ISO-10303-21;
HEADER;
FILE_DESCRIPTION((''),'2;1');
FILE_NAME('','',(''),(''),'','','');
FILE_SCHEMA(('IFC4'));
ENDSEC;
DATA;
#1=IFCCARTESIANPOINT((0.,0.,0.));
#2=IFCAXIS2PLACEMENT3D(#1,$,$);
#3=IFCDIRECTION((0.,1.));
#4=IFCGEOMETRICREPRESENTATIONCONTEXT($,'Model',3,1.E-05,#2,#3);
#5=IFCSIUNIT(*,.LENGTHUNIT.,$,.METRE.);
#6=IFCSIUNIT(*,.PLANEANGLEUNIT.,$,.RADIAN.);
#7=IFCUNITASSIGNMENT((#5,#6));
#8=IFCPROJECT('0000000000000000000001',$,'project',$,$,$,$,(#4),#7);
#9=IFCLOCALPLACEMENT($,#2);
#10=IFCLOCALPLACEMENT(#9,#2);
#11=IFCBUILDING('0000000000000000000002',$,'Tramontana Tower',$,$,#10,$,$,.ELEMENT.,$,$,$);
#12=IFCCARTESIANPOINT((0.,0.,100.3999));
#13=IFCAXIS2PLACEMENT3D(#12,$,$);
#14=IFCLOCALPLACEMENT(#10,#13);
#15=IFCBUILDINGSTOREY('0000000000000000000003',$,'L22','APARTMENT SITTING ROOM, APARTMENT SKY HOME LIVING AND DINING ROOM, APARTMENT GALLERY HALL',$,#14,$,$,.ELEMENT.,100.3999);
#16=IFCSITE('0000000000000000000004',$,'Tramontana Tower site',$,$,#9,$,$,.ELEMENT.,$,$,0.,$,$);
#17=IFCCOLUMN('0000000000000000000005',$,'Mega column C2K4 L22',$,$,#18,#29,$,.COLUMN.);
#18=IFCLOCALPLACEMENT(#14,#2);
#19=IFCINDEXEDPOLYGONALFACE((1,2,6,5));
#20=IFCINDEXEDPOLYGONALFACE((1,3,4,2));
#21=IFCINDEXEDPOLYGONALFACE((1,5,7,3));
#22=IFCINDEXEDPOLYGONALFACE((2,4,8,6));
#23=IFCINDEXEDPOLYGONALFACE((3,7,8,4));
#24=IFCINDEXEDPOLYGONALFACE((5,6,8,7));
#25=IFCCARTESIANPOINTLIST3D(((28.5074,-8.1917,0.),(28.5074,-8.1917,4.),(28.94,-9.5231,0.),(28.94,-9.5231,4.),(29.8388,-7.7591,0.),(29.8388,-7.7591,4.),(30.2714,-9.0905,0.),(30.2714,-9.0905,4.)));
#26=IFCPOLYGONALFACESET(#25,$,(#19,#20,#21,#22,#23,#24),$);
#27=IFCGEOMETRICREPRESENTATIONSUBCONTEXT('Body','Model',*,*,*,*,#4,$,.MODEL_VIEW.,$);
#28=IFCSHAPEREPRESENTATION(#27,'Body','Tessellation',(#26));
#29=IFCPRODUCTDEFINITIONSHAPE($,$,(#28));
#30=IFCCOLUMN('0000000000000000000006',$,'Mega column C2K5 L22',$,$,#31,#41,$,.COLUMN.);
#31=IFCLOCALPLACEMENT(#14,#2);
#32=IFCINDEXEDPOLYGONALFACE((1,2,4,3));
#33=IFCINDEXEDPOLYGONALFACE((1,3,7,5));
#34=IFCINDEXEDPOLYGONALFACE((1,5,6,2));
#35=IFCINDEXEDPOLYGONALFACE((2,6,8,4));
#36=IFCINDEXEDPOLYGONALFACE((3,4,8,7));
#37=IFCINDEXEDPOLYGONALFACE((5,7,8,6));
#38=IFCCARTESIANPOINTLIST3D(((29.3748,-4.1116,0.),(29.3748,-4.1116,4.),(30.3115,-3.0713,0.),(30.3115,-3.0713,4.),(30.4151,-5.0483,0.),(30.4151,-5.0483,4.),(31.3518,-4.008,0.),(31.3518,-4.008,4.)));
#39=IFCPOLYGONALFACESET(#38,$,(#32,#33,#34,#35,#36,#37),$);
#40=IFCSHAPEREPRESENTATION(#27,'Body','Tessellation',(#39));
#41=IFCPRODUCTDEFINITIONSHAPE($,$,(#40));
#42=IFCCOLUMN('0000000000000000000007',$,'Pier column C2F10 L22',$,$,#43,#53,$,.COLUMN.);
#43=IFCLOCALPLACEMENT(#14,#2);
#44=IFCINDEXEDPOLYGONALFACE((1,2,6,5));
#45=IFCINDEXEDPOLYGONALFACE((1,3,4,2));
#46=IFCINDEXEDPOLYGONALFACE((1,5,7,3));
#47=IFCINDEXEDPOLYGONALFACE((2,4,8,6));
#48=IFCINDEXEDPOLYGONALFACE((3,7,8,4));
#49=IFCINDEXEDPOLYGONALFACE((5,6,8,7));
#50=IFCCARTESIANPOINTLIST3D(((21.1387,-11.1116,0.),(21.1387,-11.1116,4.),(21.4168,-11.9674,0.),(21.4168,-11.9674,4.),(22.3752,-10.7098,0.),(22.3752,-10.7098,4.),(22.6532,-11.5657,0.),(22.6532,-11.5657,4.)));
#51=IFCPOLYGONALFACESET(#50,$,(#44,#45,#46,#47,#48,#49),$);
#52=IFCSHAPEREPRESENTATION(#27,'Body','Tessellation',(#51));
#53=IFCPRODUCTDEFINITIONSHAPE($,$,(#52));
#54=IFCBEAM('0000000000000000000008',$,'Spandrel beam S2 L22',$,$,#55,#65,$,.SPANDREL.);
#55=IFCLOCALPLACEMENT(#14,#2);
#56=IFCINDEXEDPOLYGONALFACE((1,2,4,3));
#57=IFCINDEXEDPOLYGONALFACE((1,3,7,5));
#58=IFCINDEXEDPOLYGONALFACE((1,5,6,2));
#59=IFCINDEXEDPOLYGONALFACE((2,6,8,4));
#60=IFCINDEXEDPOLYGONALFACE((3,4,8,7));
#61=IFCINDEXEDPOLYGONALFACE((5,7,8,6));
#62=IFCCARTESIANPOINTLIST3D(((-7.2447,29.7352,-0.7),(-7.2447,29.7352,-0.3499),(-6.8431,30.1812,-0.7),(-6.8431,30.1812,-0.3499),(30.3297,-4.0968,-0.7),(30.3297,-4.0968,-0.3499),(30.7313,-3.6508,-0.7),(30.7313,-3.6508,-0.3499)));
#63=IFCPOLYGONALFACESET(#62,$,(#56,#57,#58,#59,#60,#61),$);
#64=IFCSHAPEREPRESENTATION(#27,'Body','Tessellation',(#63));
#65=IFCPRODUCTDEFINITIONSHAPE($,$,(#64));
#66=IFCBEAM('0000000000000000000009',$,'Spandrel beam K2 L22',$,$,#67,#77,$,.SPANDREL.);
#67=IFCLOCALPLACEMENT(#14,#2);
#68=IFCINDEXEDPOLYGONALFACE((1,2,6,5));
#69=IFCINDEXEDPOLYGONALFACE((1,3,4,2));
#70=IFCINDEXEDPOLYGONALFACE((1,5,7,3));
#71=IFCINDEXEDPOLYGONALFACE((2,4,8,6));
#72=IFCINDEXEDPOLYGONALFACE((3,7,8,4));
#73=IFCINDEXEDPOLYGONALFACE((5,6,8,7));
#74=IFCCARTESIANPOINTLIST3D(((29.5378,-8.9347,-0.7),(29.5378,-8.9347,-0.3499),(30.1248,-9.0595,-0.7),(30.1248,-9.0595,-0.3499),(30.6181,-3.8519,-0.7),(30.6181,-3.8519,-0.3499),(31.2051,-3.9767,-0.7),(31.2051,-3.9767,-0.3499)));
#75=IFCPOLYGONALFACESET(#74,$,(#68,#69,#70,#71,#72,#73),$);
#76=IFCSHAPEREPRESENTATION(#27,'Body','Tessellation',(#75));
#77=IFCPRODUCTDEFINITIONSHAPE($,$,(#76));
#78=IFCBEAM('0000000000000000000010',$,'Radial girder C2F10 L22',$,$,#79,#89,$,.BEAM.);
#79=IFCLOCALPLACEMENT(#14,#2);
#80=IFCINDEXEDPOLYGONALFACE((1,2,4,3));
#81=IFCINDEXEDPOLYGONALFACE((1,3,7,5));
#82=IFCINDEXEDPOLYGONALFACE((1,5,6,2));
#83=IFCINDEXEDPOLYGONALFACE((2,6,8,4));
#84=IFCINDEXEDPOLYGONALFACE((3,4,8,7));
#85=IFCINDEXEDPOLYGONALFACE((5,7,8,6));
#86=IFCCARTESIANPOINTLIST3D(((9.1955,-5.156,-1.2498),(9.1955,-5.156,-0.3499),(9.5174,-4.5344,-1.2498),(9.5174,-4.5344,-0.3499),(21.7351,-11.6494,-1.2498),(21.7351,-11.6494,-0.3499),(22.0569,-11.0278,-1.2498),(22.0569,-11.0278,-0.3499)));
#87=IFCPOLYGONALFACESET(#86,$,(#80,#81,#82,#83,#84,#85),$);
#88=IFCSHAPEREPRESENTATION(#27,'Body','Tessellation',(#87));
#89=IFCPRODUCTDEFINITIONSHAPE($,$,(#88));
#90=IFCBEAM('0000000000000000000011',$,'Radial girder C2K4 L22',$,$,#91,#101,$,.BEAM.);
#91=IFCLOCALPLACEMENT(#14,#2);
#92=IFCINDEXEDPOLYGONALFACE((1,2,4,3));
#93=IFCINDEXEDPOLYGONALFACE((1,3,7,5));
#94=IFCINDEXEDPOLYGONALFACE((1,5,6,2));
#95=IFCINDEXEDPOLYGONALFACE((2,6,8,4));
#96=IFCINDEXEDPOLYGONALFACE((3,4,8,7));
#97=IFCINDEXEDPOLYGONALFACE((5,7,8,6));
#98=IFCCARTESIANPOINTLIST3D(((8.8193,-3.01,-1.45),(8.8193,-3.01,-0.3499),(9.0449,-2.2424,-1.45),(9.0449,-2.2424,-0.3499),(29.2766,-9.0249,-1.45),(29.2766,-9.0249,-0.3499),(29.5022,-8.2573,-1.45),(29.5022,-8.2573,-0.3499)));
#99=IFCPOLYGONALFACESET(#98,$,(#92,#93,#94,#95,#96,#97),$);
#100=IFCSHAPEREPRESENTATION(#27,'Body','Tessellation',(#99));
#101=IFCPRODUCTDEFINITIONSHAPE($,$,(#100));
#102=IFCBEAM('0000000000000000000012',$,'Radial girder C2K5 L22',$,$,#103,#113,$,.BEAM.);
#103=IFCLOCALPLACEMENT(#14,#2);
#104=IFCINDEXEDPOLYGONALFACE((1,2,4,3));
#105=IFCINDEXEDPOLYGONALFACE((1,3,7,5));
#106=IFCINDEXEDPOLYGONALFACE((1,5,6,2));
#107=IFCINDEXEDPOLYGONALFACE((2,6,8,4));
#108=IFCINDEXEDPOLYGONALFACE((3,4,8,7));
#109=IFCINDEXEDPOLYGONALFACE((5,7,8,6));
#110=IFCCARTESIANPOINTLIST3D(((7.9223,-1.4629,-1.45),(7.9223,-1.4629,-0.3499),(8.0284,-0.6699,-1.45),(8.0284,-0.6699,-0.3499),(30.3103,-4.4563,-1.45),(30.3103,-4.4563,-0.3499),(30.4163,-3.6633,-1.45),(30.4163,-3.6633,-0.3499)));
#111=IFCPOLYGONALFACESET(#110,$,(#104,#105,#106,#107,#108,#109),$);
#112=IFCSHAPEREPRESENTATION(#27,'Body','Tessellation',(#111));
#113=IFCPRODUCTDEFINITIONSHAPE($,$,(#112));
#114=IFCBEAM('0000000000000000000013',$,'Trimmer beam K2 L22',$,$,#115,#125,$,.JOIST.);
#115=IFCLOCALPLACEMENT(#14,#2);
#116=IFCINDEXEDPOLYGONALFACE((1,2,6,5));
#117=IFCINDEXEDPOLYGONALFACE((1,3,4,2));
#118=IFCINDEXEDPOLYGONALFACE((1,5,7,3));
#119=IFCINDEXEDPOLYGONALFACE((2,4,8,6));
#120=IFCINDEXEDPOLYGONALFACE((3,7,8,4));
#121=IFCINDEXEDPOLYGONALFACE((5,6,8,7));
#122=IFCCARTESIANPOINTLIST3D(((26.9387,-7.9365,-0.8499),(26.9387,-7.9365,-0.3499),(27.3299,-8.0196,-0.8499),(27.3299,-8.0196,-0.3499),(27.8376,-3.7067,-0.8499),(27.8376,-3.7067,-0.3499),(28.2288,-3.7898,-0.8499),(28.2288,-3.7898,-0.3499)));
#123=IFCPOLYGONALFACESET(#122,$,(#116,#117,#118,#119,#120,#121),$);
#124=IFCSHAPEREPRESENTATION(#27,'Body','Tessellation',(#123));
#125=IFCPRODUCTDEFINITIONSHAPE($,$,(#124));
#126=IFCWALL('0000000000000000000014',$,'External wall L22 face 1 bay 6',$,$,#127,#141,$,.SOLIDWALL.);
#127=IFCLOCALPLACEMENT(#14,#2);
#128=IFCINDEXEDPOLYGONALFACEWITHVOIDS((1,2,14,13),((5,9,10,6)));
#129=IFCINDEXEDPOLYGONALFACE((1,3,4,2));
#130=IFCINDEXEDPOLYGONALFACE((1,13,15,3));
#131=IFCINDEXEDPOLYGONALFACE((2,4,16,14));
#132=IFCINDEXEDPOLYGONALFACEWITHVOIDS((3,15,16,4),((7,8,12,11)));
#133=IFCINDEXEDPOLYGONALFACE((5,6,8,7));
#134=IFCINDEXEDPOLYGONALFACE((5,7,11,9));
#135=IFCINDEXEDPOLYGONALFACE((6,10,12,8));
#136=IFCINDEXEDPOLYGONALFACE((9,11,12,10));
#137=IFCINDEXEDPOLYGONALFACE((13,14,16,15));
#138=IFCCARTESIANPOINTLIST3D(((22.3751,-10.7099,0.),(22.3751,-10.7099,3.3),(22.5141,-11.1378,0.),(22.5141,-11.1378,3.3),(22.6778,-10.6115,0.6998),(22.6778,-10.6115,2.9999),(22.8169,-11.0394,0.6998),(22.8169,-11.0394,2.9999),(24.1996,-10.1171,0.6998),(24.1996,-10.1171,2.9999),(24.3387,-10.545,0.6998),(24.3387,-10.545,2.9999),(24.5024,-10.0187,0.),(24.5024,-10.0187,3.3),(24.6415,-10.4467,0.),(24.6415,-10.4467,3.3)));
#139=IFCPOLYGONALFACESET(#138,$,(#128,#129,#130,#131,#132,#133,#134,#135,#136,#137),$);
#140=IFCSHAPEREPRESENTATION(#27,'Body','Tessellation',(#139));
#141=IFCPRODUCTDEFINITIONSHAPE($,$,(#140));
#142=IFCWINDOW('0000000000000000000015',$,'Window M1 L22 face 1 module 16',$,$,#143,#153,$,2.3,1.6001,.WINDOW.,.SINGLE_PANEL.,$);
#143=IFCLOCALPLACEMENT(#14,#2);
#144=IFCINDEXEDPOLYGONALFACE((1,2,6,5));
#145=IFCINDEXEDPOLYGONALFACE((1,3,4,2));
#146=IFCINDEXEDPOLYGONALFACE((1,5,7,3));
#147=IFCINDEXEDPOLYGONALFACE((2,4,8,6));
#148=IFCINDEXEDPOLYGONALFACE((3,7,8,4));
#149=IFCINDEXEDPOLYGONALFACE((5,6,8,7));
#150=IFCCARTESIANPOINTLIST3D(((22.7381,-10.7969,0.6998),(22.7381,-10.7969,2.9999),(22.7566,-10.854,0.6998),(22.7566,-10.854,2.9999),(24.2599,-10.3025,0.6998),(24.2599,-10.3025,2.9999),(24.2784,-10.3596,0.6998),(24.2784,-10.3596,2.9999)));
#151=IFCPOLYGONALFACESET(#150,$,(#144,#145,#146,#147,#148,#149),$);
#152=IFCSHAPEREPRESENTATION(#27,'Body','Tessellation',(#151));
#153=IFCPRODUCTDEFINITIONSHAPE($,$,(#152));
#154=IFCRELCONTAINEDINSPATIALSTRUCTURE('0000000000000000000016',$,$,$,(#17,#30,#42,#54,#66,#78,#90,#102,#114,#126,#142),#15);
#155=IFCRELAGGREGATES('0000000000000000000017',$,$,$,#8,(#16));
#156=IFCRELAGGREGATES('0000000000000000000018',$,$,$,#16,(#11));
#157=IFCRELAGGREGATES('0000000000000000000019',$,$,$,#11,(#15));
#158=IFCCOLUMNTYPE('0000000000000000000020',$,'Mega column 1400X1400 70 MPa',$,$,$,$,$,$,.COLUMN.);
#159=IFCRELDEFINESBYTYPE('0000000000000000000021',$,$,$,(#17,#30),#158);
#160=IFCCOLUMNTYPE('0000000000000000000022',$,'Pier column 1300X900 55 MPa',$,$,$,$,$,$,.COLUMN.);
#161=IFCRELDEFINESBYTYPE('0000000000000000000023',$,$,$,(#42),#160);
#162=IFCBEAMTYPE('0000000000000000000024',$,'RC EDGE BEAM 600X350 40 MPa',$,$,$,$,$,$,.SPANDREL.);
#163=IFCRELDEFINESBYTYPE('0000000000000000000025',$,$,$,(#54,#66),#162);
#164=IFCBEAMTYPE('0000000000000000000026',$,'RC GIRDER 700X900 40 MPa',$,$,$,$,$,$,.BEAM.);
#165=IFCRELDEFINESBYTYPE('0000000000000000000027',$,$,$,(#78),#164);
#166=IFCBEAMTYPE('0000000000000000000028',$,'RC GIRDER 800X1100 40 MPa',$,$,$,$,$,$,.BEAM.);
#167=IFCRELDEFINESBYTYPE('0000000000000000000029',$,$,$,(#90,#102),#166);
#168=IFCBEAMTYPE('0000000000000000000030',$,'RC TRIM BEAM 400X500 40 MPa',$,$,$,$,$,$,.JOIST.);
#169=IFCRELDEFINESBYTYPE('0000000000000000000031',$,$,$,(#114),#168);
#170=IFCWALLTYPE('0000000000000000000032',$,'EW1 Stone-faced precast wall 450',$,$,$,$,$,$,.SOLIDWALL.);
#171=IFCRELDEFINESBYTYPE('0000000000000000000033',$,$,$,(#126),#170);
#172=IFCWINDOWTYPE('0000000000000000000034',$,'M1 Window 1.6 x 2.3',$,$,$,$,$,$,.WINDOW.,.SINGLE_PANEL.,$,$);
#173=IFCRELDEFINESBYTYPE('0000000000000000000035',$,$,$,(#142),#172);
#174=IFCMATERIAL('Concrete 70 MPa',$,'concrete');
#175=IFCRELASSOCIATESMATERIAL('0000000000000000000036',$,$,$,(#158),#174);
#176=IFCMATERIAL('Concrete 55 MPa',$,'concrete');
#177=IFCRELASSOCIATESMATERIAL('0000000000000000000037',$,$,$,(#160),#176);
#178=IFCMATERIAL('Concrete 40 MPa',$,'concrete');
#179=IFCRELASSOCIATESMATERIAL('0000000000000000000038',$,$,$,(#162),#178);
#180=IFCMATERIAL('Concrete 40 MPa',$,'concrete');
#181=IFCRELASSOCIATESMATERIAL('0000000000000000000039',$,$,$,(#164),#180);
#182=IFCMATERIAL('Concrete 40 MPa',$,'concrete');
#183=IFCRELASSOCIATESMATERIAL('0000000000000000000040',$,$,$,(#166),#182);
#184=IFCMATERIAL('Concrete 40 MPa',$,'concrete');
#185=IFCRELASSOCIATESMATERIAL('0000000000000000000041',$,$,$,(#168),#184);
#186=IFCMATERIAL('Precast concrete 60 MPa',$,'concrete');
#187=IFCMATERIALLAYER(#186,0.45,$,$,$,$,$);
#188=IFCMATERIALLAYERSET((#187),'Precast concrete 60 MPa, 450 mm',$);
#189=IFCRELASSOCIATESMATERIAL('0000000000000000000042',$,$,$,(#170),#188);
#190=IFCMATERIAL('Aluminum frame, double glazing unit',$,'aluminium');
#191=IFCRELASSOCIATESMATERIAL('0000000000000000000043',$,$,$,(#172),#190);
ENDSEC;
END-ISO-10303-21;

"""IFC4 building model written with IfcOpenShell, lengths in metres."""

from ifc_helpers import new_model, si_unit, direction, frame, frame_2d, origin, origin_2d, place, context, subcontext, project, spatial, rectangle, extrude, material, layer, layer_set, material_profile, profile_set, type_object, element, fill, save


model = new_model("IFC4")

# Units and contexts
model_context = context("Model", 3, precision=1e-05, world=origin(), true_north=direction((0.0, 1.0)))
body_context = subcontext(model_context, "Body", "Model", "MODEL_VIEW")
ifc_project = project(units=[si_unit("LENGTHUNIT", "METRE"), si_unit("PLANEANGLEUNIT", "RADIAN")], contexts=[model_context])

# Site, building, storey
site_placement = place(None, origin())
site = spatial("IfcSite", under=ifc_project, at=site_placement, Name="Tramontana Tower site", CompositionType="ELEMENT", RefElevation=0.0)
building_placement = place(site_placement, origin())
building = spatial("IfcBuilding", under=site, at=building_placement, Name="Tramontana Tower", CompositionType="ELEMENT")
storey_placement = place(building_placement, frame((0.0, 0.0, 100.3999)))
storey = spatial("IfcBuildingStorey", under=building, at=storey_placement, Name="L22", Description="APARTMENT SITTING ROOM, APARTMENT SKY HOME LIVING AND DINING ROOM, APARTMENT GALLERY HALL", CompositionType="ELEMENT", Elevation=100.3999)

# Columns
ifc_material_1 = material(Name="Concrete 70 MPa", Category="concrete")
ifc_material_profile_1 = material_profile(ifc_material_1, rectangle(XDim=1.3999, YDim=1.3999, at=origin_2d()), Name="Mega column 1400X1400 70 MPa")
ifc_profile_set_1 = profile_set([ifc_material_profile_1], Name="Concrete 70 MPa")
column_type_1 = type_object("IfcColumnType", Name="Mega column 1400X1400 70 MPa", PredefinedType="COLUMN", material=ifc_profile_set_1)
for number, where, z_axis, x_axis, name in (
    (1, (29.3894, -8.6411, 0.0), (0.0, 0.0, 1.0), (0.951057, 0.309017, 0.0), "Mega column C2K4 L22"),
    (2, (30.3633, -4.0598, 0.0), (0.0, 0.0, 1.0), (-0.743145, 0.669131, 0.0), "Mega column C2K5 L22"),
):
    element("IfcColumn", number, at=place(storey_placement, frame(where, z_axis=z_axis, x_axis=x_axis)), inside=storey, type_object=column_type_1, Name=name, PredefinedType="COLUMN", context=body_context, shape_type="SweptSolid", body=[
        extrude(rectangle(XDim=1.3999, YDim=1.3999, at=origin_2d()), origin(), (0.0, 0.0, 1.0), 4.0),
    ])
ifc_material_2 = material(Name="Concrete 55 MPa", Category="concrete")
ifc_material_profile_2 = material_profile(ifc_material_2, rectangle(XDim=1.3, YDim=0.8999, at=origin_2d()), Name="Pier column 1300X900 55 MPa")
ifc_profile_set_2 = profile_set([ifc_material_profile_2], Name="Concrete 55 MPa")
column_type_2 = type_object("IfcColumnType", Name="Pier column 1300X900 55 MPa", PredefinedType="COLUMN", material=ifc_profile_set_2)
column_placement = place(storey_placement, frame((21.896, -11.3386, 0.0), z_axis=(0.0, 0.0, 1.0), x_axis=(0.951057, 0.309017, 0.0)))
element("IfcColumn", 3, at=column_placement, inside=storey, type_object=column_type_2, Name="Pier column C2F10 L22", PredefinedType="COLUMN", context=body_context, shape_type="SweptSolid", body=[
    extrude(rectangle(XDim=1.3, YDim=0.8999, at=origin_2d()), origin(), (0.0, 0.0, 1.0), 4.0),
])

# Beams
ifc_material_3 = material(Name="Concrete 40 MPa", Category="concrete")
ifc_material_profile_3 = material_profile(ifc_material_3, rectangle(XDim=0.6001, YDim=0.3501, at=origin_2d()), Name="RC EDGE BEAM 600X350 40 MPa")
ifc_profile_set_3 = profile_set([ifc_material_profile_3], Name="Concrete 40 MPa")
beam_type_1 = type_object("IfcBeamType", Name="RC EDGE BEAM 600X350 40 MPa", PredefinedType="SPANDREL", material=ifc_profile_set_3)
beam_1_placement = place(storey_placement, frame((30.5305, -3.8738, -0.5249), z_axis=(-0.743146, 0.669129, 0.0), x_axis=(-0.669129, -0.743146, 0.0)))
element("IfcBeam", 4, at=beam_1_placement, inside=storey, type_object=beam_type_1, Name="Spandrel beam S2 L22", PredefinedType="SPANDREL", context=body_context, shape_type="SweptSolid", body=[
    extrude(rectangle(XDim=0.6001, YDim=0.3501, at=origin_2d()), origin(), (0.0, 0.0, 1.0), 50.5613),
])
beam_2_placement = place(storey_placement, frame((29.8313, -8.9971, -0.5249), z_axis=(0.207902, 0.97815, 0.0), x_axis=(-0.97815, 0.207902, 0.0)))
element("IfcBeam", 5, at=beam_2_placement, inside=storey, type_object=beam_type_1, Name="Spandrel beam K2 L22", PredefinedType="SPANDREL", context=body_context, shape_type="SweptSolid", body=[
    extrude(rectangle(XDim=0.6001, YDim=0.3501, at=origin_2d()), origin(), (0.0, 0.0, 1.0), 5.1963),
])
ifc_material_4 = material(Name="Concrete 40 MPa", Category="concrete")
ifc_material_profile_4 = material_profile(ifc_material_4, rectangle(XDim=0.7, YDim=0.8999, at=origin_2d()), Name="RC GIRDER 700X900 40 MPa")
ifc_profile_set_4 = profile_set([ifc_material_profile_4], Name="Concrete 40 MPa")
beam_type_2 = type_object("IfcBeamType", Name="RC GIRDER 700X900 40 MPa", PredefinedType="BEAM", material=ifc_profile_set_4)
beam_3_placement = place(storey_placement, frame((21.896, -11.3386, -0.7998), z_axis=(-0.888003, 0.459838, 0.0), x_axis=(-0.459838, -0.888003, 0.0)))
element("IfcBeam", 6, at=beam_3_placement, inside=storey, type_object=beam_type_2, Name="Radial girder C2F10 L22", PredefinedType="BEAM", context=body_context, shape_type="SweptSolid", body=[
    extrude(rectangle(XDim=0.7, YDim=0.8999, at=origin_2d()), origin(), (0.0, 0.0, 1.0), 14.1211),
])
ifc_material_5 = material(Name="Concrete 40 MPa", Category="concrete")
ifc_material_profile_5 = material_profile(ifc_material_5, rectangle(XDim=0.8, YDim=1.1001, at=origin_2d()), Name="RC GIRDER 800X1100 40 MPa")
ifc_profile_set_5 = profile_set([ifc_material_profile_5], Name="Concrete 40 MPa")
beam_type_3 = type_object("IfcBeamType", Name="RC GIRDER 800X1100 40 MPa", PredefinedType="BEAM", material=ifc_profile_set_5)
beam_4_placement = place(storey_placement, frame((29.3894, -8.6411, -0.8999), z_axis=(-0.95939, 0.282082, 0.0), x_axis=(-0.282082, -0.95939, 0.0)))
element("IfcBeam", 7, at=beam_4_placement, inside=storey, type_object=beam_type_3, Name="Radial girder C2K4 L22", PredefinedType="BEAM", context=body_context, shape_type="SweptSolid", body=[
    extrude(rectangle(XDim=0.8, YDim=1.1001, at=origin_2d()), origin(), (0.0, 0.0, 1.0), 21.3232),
])
beam_5_placement = place(storey_placement, frame((30.3633, -4.0598, -0.8999), z_axis=(-0.991179, 0.132527, 0.0), x_axis=(-0.132527, -0.991179, 0.0)))
element("IfcBeam", 8, at=beam_5_placement, inside=storey, type_object=beam_type_3, Name="Radial girder C2K5 L22", PredefinedType="BEAM", context=body_context, shape_type="SweptSolid", body=[
    extrude(rectangle(XDim=0.8, YDim=1.1001, at=origin_2d()), origin(), (0.0, 0.0, 1.0), 22.5872),
])
ifc_material_6 = material(Name="Concrete 40 MPa", Category="concrete")
ifc_material_profile_6 = material_profile(ifc_material_6, rectangle(XDim=0.3999, YDim=0.5, at=origin_2d()), Name="RC TRIM BEAM 400X500 40 MPa")
ifc_profile_set_6 = profile_set([ifc_material_profile_6], Name="Concrete 40 MPa")
beam_type_4 = type_object("IfcBeamType", Name="RC TRIM BEAM 400X500 40 MPa", PredefinedType="JOIST", material=ifc_profile_set_6)
beam_6_placement = place(storey_placement, frame((27.1343, -7.978, -0.5999), z_axis=(0.207882, 0.978154, 0.0), x_axis=(-0.978154, 0.207882, 0.0)))
element("IfcBeam", 9, at=beam_6_placement, inside=storey, type_object=beam_type_4, Name="Trimmer beam K2 L22", PredefinedType="JOIST", context=body_context, shape_type="SweptSolid", body=[
    extrude(rectangle(XDim=0.3999, YDim=0.5, at=origin_2d()), origin(), (0.0, 0.0, 1.0), 4.3242),
])

# Wall, opening, window
ifc_material_7 = material(Name="Precast concrete 60 MPa", Category="concrete")
ifc_layer_1 = layer(ifc_material_7, 0.45)
ifc_layer_set_1 = layer_set([ifc_layer_1], Name="Precast concrete 60 MPa, 450 mm")
wall_type_1 = type_object("IfcWallType", Name="EW1 Stone-faced precast wall 450", PredefinedType="SOLIDWALL", material=ifc_layer_set_1)
wall_1_placement = place(storey_placement, frame((22.4446, -10.9238, 0.0), z_axis=(0.0, 0.0, 1.0), x_axis=(0.951068, 0.308982, 0.0)))
wall_1 = element("IfcWall", 10, at=wall_1_placement, inside=storey, type_object=wall_type_1, Name="External wall L22 face 1 bay 6", PredefinedType="SOLIDWALL", context=body_context, shape_type="SweptSolid", body=[
    extrude(rectangle(XDim=2.2368, YDim=0.45, at=frame_2d((1.1184, 0.0))), origin(), (0.0, 0.0, 1.0), 3.3),
])
opening_1_placement = place(wall_1_placement, frame((0.3184, 0.0, 0.7)))
opening_1 = element("IfcOpeningElement", 11, at=opening_1_placement, cuts=wall_1, PredefinedType="OPENING", context=body_context, shape_type="SweptSolid", body=[
    extrude(rectangle(XDim=1.6001, YDim=2.3, at=frame_2d((0.8, 1.1499))), frame((0.0, 0.2349, 0.0), z_axis=(0.0, -1.0, 0.0), x_axis=(1.0, 0.0, 0.0)), (0.0, 0.0, 1.0), 0.47),
])
ifc_material_8 = material(Name="Aluminum frame, double glazing unit", Category="aluminium")
window_type_1 = type_object("IfcWindowType", Name="M1 Window 1.6 x 2.3", PartitioningType="SINGLE_PANEL", PredefinedType="WINDOW", material=ifc_material_8)
window_1_placement = place(opening_1_placement, origin())
window_1 = element("IfcWindow", 12, at=window_1_placement, inside=storey, type_object=window_type_1, Name="Window M1 L22 face 1 module 16", OverallHeight=2.3, OverallWidth=1.6001, PartitioningType="SINGLE_PANEL", PredefinedType="WINDOW", context=body_context, shape_type="SweptSolid", body=[
    extrude(rectangle(XDim=1.6001, YDim=2.3, at=frame_2d((0.8, 1.1499))), frame((0.0, 0.03, 0.0), z_axis=(0.0, -1.0, 0.0), x_axis=(1.0, 0.0, 0.0)), (0.0, 0.0, 1.0), 0.0601),
])
fill(opening_1, window_1)

save(model, "model.ifc")
